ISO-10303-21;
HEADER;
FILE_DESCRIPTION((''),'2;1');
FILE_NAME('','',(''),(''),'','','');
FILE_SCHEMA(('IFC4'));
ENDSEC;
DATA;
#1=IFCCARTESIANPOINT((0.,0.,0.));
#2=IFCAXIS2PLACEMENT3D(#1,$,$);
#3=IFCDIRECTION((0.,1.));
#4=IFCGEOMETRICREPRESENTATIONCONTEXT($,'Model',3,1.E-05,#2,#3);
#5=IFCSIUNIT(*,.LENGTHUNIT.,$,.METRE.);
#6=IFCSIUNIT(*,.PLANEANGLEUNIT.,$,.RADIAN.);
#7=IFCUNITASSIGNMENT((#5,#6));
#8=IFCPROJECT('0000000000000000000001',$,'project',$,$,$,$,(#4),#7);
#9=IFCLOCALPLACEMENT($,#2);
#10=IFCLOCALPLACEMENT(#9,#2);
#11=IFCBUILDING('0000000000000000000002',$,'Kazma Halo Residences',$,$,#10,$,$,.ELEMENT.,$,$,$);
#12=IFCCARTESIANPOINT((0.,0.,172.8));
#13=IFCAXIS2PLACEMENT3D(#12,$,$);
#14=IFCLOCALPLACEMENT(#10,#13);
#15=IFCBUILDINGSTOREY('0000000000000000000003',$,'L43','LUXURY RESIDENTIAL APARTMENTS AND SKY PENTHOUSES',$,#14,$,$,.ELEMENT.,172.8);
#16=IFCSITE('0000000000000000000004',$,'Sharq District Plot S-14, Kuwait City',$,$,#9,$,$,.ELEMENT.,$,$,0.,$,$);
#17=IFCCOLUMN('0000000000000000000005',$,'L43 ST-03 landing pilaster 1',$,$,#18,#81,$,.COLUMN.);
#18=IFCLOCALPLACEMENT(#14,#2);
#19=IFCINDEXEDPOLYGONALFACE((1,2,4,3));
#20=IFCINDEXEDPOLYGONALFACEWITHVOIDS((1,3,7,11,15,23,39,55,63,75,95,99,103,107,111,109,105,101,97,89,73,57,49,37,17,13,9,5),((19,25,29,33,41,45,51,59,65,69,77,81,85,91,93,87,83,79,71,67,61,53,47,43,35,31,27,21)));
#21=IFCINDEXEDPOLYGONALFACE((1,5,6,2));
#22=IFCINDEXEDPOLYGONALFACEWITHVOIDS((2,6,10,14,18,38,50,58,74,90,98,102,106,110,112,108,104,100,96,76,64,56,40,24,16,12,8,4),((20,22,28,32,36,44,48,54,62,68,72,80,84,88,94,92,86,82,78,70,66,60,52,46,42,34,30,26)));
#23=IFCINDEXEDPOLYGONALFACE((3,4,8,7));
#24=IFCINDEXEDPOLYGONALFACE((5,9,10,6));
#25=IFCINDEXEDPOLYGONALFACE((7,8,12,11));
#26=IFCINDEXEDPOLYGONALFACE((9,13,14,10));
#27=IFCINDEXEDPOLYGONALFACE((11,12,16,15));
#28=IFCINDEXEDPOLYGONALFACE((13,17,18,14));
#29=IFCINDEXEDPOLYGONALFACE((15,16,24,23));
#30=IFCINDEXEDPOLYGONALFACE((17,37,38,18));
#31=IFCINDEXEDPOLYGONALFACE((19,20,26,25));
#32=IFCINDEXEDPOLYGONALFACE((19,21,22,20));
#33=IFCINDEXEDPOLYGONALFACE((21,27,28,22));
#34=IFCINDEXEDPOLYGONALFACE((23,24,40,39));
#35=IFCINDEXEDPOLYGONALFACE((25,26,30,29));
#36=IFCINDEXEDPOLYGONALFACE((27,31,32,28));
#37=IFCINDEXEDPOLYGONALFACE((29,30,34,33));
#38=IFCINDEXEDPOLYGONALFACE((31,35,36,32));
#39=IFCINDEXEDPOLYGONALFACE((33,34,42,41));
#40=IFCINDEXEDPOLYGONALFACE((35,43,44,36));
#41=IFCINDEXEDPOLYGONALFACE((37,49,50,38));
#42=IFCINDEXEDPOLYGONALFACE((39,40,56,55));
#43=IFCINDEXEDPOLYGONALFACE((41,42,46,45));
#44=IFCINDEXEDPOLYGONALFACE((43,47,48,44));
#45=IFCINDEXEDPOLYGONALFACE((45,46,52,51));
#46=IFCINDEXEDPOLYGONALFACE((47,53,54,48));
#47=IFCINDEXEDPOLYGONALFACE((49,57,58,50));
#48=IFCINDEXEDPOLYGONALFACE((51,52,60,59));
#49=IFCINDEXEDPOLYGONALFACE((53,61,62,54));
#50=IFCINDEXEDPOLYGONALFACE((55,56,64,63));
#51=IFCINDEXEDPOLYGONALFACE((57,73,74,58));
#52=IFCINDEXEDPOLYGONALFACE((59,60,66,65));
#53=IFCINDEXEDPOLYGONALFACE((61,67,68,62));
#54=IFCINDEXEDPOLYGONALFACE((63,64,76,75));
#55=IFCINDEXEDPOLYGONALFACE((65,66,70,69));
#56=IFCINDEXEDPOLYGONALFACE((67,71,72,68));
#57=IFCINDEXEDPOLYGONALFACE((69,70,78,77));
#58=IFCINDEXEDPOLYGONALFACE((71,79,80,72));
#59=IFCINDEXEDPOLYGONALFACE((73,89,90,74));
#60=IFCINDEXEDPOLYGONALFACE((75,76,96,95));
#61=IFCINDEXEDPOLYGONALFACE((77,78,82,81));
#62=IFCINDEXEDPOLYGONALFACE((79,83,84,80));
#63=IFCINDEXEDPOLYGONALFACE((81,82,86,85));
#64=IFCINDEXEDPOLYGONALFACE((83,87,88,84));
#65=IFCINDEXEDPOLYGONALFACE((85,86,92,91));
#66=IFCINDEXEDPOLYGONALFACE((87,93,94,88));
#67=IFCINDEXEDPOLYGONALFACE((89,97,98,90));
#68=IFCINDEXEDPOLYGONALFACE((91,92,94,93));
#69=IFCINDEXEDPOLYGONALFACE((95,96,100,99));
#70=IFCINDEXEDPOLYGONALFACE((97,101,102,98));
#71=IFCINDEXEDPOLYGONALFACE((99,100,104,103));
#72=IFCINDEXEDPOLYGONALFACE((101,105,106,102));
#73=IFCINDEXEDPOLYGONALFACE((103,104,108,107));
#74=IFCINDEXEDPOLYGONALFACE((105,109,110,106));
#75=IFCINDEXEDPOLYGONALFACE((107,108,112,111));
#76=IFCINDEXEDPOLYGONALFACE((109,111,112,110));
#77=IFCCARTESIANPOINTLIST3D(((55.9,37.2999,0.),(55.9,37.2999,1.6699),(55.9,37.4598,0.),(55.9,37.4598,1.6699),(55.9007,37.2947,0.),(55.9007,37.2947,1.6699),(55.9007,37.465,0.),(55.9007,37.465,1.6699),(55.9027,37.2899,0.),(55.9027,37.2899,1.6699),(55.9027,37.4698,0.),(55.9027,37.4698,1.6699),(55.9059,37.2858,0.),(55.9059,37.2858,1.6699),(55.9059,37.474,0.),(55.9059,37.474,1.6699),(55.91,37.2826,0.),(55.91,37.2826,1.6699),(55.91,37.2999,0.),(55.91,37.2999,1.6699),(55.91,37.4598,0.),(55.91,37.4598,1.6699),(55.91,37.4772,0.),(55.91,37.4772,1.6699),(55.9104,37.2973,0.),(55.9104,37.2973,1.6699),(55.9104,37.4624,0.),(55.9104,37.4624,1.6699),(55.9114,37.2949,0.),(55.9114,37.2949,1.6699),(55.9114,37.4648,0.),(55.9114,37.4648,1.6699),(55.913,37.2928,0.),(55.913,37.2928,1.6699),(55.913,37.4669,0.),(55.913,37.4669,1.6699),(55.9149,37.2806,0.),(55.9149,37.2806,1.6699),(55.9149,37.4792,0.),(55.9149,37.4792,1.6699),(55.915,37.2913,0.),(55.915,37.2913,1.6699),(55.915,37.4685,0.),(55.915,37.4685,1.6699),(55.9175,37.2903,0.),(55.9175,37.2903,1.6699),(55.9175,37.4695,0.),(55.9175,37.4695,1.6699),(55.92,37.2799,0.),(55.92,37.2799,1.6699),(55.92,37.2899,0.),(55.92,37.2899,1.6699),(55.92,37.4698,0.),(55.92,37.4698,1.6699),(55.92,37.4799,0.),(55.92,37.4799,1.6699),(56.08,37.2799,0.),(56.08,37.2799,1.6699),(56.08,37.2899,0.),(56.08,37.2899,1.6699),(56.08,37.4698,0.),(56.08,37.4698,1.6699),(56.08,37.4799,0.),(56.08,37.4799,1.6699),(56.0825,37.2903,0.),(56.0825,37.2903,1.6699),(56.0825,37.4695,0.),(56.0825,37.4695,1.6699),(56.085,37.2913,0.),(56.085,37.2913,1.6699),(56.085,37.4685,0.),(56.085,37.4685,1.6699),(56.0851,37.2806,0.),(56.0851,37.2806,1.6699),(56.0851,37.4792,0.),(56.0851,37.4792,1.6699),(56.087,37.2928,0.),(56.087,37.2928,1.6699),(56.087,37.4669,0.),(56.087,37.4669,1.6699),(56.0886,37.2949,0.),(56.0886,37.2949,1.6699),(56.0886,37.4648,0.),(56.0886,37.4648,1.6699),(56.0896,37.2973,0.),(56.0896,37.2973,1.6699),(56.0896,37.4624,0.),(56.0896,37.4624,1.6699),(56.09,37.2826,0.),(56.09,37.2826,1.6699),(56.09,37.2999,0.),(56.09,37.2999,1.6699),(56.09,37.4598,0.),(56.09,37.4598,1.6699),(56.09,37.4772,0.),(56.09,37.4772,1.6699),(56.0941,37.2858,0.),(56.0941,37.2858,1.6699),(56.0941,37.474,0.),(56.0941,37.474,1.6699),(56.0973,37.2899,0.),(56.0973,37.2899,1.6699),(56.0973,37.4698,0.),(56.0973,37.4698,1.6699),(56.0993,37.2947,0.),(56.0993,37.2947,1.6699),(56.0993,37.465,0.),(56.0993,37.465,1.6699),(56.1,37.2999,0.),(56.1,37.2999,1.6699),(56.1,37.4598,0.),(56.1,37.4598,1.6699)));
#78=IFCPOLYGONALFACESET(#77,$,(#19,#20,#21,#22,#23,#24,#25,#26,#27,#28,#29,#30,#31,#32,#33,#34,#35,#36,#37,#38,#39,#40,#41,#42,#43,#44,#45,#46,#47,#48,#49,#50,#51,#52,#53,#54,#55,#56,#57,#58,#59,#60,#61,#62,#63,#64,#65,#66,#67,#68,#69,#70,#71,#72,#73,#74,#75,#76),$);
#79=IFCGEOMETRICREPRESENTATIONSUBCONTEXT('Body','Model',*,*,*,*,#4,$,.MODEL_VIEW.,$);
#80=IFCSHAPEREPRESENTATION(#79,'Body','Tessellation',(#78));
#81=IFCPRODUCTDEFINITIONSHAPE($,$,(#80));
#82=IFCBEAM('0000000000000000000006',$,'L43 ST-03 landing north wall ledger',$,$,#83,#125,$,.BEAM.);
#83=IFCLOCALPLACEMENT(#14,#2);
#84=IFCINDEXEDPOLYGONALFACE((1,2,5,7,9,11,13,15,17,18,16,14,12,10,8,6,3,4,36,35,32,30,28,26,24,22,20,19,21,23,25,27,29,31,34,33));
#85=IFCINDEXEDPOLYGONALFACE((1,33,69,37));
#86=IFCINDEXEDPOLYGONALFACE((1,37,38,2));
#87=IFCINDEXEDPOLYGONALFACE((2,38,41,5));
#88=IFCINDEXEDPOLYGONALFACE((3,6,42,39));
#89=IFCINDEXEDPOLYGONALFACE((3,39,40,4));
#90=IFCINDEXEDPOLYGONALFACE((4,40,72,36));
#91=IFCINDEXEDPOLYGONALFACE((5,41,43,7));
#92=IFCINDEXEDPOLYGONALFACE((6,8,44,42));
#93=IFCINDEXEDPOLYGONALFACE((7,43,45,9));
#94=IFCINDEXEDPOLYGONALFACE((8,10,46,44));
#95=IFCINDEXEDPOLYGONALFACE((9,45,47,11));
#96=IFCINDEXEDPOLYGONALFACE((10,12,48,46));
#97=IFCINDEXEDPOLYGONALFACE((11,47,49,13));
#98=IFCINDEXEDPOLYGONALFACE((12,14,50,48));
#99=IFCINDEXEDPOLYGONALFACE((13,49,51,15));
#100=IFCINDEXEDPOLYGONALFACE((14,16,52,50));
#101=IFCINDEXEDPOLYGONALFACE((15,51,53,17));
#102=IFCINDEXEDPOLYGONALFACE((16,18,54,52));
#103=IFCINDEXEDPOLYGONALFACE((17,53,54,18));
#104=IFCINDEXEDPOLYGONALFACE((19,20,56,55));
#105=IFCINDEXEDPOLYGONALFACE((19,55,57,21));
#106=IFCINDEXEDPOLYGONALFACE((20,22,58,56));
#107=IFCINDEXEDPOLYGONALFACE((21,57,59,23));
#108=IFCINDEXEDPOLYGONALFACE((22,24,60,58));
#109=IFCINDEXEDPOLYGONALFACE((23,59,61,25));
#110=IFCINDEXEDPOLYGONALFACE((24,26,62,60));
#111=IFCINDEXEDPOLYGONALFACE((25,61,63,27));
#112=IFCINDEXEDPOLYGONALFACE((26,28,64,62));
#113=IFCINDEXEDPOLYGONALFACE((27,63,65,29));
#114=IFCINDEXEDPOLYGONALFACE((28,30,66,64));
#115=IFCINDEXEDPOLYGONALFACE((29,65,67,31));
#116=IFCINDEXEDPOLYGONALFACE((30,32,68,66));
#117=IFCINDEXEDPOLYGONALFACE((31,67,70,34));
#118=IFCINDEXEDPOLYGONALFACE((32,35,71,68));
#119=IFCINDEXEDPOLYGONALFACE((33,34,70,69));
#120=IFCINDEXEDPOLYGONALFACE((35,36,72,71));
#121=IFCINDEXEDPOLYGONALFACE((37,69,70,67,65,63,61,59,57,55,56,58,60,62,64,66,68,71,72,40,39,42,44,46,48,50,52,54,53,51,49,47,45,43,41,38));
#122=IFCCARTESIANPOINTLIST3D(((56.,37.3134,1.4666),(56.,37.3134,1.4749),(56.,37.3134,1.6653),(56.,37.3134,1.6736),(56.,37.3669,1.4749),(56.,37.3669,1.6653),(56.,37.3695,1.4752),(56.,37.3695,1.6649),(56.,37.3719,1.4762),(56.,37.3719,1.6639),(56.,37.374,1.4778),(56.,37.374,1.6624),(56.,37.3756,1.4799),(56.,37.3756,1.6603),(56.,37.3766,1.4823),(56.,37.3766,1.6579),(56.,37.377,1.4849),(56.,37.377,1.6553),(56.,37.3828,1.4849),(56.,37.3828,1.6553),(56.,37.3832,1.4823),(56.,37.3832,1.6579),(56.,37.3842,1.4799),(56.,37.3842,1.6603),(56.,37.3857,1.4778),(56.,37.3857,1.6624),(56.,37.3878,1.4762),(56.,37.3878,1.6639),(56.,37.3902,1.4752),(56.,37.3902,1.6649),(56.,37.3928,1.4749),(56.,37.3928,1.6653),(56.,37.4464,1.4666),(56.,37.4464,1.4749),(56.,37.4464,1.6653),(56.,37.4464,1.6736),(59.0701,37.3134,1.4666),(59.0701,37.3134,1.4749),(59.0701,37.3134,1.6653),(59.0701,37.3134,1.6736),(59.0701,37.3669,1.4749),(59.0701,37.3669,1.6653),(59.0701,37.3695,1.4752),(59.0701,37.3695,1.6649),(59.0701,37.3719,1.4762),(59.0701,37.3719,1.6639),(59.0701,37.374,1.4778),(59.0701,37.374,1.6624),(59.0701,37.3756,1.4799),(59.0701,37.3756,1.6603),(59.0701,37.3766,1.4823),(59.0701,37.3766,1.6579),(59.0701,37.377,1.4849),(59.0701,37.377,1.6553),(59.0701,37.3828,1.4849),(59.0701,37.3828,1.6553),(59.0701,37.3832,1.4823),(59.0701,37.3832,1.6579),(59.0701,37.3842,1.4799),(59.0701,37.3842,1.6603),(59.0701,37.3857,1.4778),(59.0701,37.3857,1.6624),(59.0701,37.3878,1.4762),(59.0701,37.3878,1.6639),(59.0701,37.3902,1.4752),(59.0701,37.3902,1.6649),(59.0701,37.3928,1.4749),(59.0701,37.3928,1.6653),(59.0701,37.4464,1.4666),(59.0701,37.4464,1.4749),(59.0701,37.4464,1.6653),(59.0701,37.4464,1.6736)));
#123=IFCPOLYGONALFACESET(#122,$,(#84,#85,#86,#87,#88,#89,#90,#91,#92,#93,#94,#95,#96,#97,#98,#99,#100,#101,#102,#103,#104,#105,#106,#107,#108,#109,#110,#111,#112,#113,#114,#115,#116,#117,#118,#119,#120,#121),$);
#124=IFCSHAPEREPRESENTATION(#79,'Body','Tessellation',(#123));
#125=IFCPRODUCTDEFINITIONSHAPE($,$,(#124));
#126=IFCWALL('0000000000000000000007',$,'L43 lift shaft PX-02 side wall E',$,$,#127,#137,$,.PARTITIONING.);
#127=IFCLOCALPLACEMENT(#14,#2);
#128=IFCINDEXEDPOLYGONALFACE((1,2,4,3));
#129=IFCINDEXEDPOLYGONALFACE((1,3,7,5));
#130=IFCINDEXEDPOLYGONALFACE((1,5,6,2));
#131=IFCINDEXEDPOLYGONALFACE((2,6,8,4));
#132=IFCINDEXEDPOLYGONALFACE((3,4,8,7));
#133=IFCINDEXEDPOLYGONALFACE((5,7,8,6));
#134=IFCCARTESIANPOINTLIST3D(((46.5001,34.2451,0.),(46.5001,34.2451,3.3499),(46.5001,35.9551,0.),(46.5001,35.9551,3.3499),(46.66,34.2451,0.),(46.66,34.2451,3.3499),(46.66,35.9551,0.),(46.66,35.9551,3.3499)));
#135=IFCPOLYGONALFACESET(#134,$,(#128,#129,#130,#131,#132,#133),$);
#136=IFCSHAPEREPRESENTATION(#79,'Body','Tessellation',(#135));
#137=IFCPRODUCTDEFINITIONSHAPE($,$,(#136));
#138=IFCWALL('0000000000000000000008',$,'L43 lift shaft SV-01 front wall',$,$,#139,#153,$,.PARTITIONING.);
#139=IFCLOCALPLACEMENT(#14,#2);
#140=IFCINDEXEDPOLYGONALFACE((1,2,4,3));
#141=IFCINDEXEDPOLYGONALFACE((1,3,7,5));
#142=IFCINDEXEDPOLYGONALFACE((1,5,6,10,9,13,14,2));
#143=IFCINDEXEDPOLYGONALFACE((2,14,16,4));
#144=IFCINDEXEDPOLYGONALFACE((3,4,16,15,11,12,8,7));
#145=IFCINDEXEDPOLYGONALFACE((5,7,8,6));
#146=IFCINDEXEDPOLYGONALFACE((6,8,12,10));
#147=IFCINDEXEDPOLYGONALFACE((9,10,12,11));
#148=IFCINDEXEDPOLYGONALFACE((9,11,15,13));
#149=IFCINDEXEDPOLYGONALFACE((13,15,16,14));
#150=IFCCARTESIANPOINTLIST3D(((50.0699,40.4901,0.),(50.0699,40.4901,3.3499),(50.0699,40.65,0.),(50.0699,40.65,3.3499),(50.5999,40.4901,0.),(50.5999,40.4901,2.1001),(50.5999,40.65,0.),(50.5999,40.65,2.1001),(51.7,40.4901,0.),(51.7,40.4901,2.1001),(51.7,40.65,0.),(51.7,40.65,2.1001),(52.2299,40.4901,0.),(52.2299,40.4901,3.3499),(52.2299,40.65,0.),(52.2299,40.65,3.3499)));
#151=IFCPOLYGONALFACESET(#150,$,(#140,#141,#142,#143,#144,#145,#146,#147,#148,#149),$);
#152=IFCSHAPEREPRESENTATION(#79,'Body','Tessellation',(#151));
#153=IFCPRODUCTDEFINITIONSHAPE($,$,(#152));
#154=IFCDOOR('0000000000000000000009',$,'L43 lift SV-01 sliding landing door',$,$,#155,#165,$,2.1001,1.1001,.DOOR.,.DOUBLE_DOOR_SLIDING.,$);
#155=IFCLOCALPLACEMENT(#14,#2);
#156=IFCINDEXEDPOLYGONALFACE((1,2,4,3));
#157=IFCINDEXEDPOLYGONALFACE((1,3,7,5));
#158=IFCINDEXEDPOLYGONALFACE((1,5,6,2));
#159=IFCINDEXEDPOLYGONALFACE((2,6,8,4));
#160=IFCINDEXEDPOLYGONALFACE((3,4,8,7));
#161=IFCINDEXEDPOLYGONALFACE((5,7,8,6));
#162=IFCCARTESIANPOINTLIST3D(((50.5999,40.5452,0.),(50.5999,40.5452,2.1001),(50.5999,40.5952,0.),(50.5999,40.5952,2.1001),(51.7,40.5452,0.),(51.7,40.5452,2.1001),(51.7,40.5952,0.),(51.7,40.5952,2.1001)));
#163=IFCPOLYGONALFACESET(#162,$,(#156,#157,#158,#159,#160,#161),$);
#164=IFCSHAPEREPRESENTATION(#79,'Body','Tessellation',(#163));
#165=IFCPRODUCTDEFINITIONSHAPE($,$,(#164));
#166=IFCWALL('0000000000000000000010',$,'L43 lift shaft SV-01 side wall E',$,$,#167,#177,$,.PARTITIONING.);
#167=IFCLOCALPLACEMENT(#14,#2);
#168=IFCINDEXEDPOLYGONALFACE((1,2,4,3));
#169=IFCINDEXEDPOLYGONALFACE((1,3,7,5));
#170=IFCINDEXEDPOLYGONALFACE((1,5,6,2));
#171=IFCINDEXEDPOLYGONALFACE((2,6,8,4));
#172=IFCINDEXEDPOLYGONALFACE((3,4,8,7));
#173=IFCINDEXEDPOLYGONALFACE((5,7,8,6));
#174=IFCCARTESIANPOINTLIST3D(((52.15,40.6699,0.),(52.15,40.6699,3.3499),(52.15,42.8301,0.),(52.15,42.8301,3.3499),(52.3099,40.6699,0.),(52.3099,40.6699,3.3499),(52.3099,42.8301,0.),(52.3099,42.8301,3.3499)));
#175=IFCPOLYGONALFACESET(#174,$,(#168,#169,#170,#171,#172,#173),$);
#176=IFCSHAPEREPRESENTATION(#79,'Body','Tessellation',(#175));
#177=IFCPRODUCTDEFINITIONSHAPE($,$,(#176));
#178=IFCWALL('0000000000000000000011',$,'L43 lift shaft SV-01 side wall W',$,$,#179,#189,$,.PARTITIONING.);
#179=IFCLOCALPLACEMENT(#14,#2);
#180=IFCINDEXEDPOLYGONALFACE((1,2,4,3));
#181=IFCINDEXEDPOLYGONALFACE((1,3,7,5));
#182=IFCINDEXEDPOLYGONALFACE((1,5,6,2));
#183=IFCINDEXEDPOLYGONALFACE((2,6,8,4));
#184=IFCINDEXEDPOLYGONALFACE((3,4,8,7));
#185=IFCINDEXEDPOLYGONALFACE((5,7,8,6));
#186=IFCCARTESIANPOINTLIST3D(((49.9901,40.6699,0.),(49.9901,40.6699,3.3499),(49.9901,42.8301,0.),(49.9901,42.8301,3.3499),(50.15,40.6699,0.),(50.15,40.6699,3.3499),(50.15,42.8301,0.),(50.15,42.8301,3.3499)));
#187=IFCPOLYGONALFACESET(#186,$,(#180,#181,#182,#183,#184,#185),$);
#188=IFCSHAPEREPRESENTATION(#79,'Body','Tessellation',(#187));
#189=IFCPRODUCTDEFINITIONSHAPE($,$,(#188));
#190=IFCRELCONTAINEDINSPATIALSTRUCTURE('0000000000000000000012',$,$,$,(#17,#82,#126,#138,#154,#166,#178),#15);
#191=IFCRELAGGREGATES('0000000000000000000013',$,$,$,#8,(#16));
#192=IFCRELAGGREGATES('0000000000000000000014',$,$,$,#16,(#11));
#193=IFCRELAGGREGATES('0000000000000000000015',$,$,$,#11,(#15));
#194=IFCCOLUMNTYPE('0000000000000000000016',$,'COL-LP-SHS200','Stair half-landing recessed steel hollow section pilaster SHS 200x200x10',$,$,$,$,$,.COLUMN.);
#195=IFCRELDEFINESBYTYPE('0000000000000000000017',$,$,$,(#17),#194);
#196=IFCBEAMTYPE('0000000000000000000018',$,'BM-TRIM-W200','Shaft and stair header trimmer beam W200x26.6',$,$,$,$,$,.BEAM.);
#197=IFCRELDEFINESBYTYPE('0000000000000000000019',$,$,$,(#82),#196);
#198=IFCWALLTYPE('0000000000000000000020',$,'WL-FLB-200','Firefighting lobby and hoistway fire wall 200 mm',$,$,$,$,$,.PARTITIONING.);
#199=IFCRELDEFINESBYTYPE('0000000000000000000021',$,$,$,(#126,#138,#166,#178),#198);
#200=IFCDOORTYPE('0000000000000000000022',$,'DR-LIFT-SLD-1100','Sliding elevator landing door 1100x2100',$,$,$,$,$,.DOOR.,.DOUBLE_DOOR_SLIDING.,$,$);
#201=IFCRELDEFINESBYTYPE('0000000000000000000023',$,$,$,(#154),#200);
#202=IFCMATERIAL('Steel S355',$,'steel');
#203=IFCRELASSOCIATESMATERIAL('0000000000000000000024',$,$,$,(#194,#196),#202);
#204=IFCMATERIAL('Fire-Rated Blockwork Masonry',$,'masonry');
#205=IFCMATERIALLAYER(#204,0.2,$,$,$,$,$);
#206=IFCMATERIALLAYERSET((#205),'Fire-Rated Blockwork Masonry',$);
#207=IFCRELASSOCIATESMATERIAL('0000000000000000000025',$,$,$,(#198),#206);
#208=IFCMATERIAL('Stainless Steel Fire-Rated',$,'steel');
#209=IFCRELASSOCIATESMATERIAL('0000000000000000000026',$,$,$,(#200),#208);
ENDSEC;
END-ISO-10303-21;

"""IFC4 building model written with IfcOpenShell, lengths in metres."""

from ifc_helpers import new_model, si_unit, direction, frame, frame_2d, origin, origin_2d, place, context, subcontext, project, spatial, rectangle, hollow_rectangle, i_section, extrude, material, layer, layer_set, material_profile, profile_set, type_object, element, fill, save


model = new_model("IFC4")

# Units and contexts
model_context = context("Model", 3, precision=1e-05, world=origin(), true_north=direction((0.0, 1.0)))
body_context = subcontext(model_context, "Body", "Model", "MODEL_VIEW")
ifc_project = project(units=[si_unit("LENGTHUNIT", "METRE"), si_unit("PLANEANGLEUNIT", "RADIAN")], contexts=[model_context])

# Site, building, storey
site_placement = place(None, origin())
site = spatial("IfcSite", under=ifc_project, at=site_placement, Name="Sharq District Plot S-14, Kuwait City", CompositionType="ELEMENT", RefElevation=0.0)
building_placement = place(site_placement, origin())
building = spatial("IfcBuilding", under=site, at=building_placement, Name="Kazma Halo Residences", CompositionType="ELEMENT")
storey_placement = place(building_placement, frame((0.0, 0.0, 172.8)))
storey = spatial("IfcBuildingStorey", under=building, at=storey_placement, Name="L43", Description="LUXURY RESIDENTIAL APARTMENTS AND SKY PENTHOUSES", CompositionType="ELEMENT", Elevation=172.8)

# Column
ifc_material_1 = material(Name="Steel S355", Category="steel")
ifc_material_profile_1 = material_profile(ifc_material_1, hollow_rectangle(XDim=0.2, YDim=0.2, WallThickness=0.01, InnerFilletRadius=0.01, OuterFilletRadius=0.02, at=origin_2d()), Name="SHS200x200x10")
ifc_profile_set_1 = profile_set([ifc_material_profile_1], Name="Steel S355")
column_type = type_object("IfcColumnType", Name="COL-LP-SHS200", Description="Stair half-landing recessed steel hollow section pilaster SHS 200x200x10", PredefinedType="COLUMN", material=ifc_profile_set_1)
column_placement = place(storey_placement, frame((56.0, 37.3799, 0.0), z_axis=(0.0, 0.0, 1.0), x_axis=(1.0, 0.0, 0.0)))
element("IfcColumn", 1, at=column_placement, inside=storey, type_object=column_type, Name="L43 ST-03 landing pilaster 1", PredefinedType="COLUMN", context=body_context, shape_type="SweptSolid", body=[
    extrude(hollow_rectangle(XDim=0.2, YDim=0.2, WallThickness=0.01, InnerFilletRadius=0.01, OuterFilletRadius=0.02, at=origin_2d()), origin(), (0.0, 0.0, 1.0), 1.6699),
])

# Beam
ifc_material_profile_2 = material_profile(ifc_material_1, i_section(OverallWidth=0.1331, OverallDepth=0.207, WebThickness=0.0059, FlangeThickness=0.0083, FilletRadius=0.01, at=origin_2d()), Name="W200x26.6")
ifc_profile_set_2 = profile_set([ifc_material_profile_2], Name="Steel S355")
beam_type = type_object("IfcBeamType", Name="BM-TRIM-W200", Description="Shaft and stair header trimmer beam W200x26.6", PredefinedType="BEAM", material=ifc_profile_set_2)
beam_placement = place(storey_placement, frame((56.0, 37.3799, 1.5701), z_axis=(1.0, 0.0, 0.0), x_axis=(0.0, 1.0, 0.0)))
element("IfcBeam", 2, at=beam_placement, inside=storey, type_object=beam_type, Name="L43 ST-03 landing north wall ledger", PredefinedType="BEAM", context=body_context, shape_type="SweptSolid", body=[
    extrude(i_section(OverallWidth=0.1331, OverallDepth=0.207, WebThickness=0.0059, FlangeThickness=0.0083, FilletRadius=0.01, at=origin_2d()), origin(), (0.0, 0.0, 1.0), 3.0701),
])

# Wall
ifc_material_2 = material(Name="Fire-Rated Blockwork Masonry", Category="masonry")
ifc_layer_1 = layer(ifc_material_2, 0.2)
ifc_layer_set_1 = layer_set([ifc_layer_1], Name="Fire-Rated Blockwork Masonry")
wall_type_1 = type_object("IfcWallType", Name="WL-FLB-200", Description="Firefighting lobby and hoistway fire wall 200 mm", PredefinedType="PARTITIONING", material=ifc_layer_set_1)
wall_1_placement = place(storey_placement, frame((46.5801, 34.2451, 0.0), z_axis=(0.0, 0.0, 1.0), x_axis=(0.0, 1.0, 0.0)))
element("IfcWall", 3, at=wall_1_placement, inside=storey, type_object=wall_type_1, Name="L43 lift shaft PX-02 side wall E", PredefinedType="PARTITIONING", context=body_context, shape_type="SweptSolid", body=[
    extrude(rectangle(XDim=1.71, YDim=0.1599, at=frame_2d((0.855, 0.0))), origin(), (0.0, 0.0, 1.0), 3.3499),
])

# Wall, opening, door
wall_2_placement = place(storey_placement, frame((52.23, 40.5701, 0.0), z_axis=(0.0, 0.0, 1.0), x_axis=(-1.0, 0.0, 0.0)))
wall_2 = element("IfcWall", 4, at=wall_2_placement, inside=storey, type_object=wall_type_1, Name="L43 lift shaft SV-01 front wall", PredefinedType="PARTITIONING", context=body_context, shape_type="SweptSolid", body=[
    extrude(rectangle(XDim=2.1599, YDim=0.1599, at=frame_2d((1.0801, 0.0))), origin(), (0.0, 0.0, 1.0), 3.3499),
])
opening_1_placement = place(wall_2_placement, frame((0.53, 0.0, 0.0)))
opening_1 = element("IfcOpeningElement", 5, at=opening_1_placement, cuts=wall_2, PredefinedType="OPENING", context=body_context, shape_type="SweptSolid", body=[
    extrude(rectangle(XDim=1.1001, YDim=2.1001, at=frame_2d((0.55, 1.05))), frame((0.0, 0.0898, 0.0), z_axis=(0.0, -1.0, 0.0), x_axis=(1.0, 0.0, 0.0)), (0.0, 0.0, 1.0), 0.1799),
])
ifc_material_3 = material(Name="Stainless Steel Fire-Rated", Category="steel")
door_type_1 = type_object("IfcDoorType", Name="DR-LIFT-SLD-1100", Description="Sliding elevator landing door 1100x2100", OperationType="DOUBLE_DOOR_SLIDING", PredefinedType="DOOR", material=ifc_material_3)
door_1_placement = place(opening_1_placement, origin())
door_1 = element("IfcDoor", 6, at=door_1_placement, inside=storey, type_object=door_type_1, Name="L43 lift SV-01 sliding landing door", OperationType="DOUBLE_DOOR_SLIDING", OverallHeight=2.1001, OverallWidth=1.1001, PredefinedType="DOOR", context=body_context, shape_type="SweptSolid", body=[
    extrude(rectangle(XDim=1.1001, YDim=2.1001, at=frame_2d((0.55, 1.05))), frame((0.0, 0.0249, 0.0), z_axis=(0.0, -1.0, 0.0), x_axis=(1.0, 0.0, 0.0)), (0.0, 0.0, 1.0), 0.05),
])
fill(opening_1, door_1)

# Walls
for number, where, z_axis, x_axis, name in (
    (7, (52.23, 40.6699, 0.0), (0.0, 0.0, 1.0), (0.0, 1.0, 0.0), "L43 lift shaft SV-01 side wall E"),
    (8, (50.0701, 40.6699, 0.0), (0.0, 0.0, 1.0), (0.0, 1.0, 0.0), "L43 lift shaft SV-01 side wall W"),
):
    element("IfcWall", number, at=place(storey_placement, frame(where, z_axis=z_axis, x_axis=x_axis)), inside=storey, type_object=wall_type_1, Name=name, PredefinedType="PARTITIONING", context=body_context, shape_type="SweptSolid", body=[
        extrude(rectangle(XDim=2.1602, YDim=0.1599, at=frame_2d((1.0801, 0.0))), origin(), (0.0, 0.0, 1.0), 3.3499),
    ])

save(model, "model.ifc")
